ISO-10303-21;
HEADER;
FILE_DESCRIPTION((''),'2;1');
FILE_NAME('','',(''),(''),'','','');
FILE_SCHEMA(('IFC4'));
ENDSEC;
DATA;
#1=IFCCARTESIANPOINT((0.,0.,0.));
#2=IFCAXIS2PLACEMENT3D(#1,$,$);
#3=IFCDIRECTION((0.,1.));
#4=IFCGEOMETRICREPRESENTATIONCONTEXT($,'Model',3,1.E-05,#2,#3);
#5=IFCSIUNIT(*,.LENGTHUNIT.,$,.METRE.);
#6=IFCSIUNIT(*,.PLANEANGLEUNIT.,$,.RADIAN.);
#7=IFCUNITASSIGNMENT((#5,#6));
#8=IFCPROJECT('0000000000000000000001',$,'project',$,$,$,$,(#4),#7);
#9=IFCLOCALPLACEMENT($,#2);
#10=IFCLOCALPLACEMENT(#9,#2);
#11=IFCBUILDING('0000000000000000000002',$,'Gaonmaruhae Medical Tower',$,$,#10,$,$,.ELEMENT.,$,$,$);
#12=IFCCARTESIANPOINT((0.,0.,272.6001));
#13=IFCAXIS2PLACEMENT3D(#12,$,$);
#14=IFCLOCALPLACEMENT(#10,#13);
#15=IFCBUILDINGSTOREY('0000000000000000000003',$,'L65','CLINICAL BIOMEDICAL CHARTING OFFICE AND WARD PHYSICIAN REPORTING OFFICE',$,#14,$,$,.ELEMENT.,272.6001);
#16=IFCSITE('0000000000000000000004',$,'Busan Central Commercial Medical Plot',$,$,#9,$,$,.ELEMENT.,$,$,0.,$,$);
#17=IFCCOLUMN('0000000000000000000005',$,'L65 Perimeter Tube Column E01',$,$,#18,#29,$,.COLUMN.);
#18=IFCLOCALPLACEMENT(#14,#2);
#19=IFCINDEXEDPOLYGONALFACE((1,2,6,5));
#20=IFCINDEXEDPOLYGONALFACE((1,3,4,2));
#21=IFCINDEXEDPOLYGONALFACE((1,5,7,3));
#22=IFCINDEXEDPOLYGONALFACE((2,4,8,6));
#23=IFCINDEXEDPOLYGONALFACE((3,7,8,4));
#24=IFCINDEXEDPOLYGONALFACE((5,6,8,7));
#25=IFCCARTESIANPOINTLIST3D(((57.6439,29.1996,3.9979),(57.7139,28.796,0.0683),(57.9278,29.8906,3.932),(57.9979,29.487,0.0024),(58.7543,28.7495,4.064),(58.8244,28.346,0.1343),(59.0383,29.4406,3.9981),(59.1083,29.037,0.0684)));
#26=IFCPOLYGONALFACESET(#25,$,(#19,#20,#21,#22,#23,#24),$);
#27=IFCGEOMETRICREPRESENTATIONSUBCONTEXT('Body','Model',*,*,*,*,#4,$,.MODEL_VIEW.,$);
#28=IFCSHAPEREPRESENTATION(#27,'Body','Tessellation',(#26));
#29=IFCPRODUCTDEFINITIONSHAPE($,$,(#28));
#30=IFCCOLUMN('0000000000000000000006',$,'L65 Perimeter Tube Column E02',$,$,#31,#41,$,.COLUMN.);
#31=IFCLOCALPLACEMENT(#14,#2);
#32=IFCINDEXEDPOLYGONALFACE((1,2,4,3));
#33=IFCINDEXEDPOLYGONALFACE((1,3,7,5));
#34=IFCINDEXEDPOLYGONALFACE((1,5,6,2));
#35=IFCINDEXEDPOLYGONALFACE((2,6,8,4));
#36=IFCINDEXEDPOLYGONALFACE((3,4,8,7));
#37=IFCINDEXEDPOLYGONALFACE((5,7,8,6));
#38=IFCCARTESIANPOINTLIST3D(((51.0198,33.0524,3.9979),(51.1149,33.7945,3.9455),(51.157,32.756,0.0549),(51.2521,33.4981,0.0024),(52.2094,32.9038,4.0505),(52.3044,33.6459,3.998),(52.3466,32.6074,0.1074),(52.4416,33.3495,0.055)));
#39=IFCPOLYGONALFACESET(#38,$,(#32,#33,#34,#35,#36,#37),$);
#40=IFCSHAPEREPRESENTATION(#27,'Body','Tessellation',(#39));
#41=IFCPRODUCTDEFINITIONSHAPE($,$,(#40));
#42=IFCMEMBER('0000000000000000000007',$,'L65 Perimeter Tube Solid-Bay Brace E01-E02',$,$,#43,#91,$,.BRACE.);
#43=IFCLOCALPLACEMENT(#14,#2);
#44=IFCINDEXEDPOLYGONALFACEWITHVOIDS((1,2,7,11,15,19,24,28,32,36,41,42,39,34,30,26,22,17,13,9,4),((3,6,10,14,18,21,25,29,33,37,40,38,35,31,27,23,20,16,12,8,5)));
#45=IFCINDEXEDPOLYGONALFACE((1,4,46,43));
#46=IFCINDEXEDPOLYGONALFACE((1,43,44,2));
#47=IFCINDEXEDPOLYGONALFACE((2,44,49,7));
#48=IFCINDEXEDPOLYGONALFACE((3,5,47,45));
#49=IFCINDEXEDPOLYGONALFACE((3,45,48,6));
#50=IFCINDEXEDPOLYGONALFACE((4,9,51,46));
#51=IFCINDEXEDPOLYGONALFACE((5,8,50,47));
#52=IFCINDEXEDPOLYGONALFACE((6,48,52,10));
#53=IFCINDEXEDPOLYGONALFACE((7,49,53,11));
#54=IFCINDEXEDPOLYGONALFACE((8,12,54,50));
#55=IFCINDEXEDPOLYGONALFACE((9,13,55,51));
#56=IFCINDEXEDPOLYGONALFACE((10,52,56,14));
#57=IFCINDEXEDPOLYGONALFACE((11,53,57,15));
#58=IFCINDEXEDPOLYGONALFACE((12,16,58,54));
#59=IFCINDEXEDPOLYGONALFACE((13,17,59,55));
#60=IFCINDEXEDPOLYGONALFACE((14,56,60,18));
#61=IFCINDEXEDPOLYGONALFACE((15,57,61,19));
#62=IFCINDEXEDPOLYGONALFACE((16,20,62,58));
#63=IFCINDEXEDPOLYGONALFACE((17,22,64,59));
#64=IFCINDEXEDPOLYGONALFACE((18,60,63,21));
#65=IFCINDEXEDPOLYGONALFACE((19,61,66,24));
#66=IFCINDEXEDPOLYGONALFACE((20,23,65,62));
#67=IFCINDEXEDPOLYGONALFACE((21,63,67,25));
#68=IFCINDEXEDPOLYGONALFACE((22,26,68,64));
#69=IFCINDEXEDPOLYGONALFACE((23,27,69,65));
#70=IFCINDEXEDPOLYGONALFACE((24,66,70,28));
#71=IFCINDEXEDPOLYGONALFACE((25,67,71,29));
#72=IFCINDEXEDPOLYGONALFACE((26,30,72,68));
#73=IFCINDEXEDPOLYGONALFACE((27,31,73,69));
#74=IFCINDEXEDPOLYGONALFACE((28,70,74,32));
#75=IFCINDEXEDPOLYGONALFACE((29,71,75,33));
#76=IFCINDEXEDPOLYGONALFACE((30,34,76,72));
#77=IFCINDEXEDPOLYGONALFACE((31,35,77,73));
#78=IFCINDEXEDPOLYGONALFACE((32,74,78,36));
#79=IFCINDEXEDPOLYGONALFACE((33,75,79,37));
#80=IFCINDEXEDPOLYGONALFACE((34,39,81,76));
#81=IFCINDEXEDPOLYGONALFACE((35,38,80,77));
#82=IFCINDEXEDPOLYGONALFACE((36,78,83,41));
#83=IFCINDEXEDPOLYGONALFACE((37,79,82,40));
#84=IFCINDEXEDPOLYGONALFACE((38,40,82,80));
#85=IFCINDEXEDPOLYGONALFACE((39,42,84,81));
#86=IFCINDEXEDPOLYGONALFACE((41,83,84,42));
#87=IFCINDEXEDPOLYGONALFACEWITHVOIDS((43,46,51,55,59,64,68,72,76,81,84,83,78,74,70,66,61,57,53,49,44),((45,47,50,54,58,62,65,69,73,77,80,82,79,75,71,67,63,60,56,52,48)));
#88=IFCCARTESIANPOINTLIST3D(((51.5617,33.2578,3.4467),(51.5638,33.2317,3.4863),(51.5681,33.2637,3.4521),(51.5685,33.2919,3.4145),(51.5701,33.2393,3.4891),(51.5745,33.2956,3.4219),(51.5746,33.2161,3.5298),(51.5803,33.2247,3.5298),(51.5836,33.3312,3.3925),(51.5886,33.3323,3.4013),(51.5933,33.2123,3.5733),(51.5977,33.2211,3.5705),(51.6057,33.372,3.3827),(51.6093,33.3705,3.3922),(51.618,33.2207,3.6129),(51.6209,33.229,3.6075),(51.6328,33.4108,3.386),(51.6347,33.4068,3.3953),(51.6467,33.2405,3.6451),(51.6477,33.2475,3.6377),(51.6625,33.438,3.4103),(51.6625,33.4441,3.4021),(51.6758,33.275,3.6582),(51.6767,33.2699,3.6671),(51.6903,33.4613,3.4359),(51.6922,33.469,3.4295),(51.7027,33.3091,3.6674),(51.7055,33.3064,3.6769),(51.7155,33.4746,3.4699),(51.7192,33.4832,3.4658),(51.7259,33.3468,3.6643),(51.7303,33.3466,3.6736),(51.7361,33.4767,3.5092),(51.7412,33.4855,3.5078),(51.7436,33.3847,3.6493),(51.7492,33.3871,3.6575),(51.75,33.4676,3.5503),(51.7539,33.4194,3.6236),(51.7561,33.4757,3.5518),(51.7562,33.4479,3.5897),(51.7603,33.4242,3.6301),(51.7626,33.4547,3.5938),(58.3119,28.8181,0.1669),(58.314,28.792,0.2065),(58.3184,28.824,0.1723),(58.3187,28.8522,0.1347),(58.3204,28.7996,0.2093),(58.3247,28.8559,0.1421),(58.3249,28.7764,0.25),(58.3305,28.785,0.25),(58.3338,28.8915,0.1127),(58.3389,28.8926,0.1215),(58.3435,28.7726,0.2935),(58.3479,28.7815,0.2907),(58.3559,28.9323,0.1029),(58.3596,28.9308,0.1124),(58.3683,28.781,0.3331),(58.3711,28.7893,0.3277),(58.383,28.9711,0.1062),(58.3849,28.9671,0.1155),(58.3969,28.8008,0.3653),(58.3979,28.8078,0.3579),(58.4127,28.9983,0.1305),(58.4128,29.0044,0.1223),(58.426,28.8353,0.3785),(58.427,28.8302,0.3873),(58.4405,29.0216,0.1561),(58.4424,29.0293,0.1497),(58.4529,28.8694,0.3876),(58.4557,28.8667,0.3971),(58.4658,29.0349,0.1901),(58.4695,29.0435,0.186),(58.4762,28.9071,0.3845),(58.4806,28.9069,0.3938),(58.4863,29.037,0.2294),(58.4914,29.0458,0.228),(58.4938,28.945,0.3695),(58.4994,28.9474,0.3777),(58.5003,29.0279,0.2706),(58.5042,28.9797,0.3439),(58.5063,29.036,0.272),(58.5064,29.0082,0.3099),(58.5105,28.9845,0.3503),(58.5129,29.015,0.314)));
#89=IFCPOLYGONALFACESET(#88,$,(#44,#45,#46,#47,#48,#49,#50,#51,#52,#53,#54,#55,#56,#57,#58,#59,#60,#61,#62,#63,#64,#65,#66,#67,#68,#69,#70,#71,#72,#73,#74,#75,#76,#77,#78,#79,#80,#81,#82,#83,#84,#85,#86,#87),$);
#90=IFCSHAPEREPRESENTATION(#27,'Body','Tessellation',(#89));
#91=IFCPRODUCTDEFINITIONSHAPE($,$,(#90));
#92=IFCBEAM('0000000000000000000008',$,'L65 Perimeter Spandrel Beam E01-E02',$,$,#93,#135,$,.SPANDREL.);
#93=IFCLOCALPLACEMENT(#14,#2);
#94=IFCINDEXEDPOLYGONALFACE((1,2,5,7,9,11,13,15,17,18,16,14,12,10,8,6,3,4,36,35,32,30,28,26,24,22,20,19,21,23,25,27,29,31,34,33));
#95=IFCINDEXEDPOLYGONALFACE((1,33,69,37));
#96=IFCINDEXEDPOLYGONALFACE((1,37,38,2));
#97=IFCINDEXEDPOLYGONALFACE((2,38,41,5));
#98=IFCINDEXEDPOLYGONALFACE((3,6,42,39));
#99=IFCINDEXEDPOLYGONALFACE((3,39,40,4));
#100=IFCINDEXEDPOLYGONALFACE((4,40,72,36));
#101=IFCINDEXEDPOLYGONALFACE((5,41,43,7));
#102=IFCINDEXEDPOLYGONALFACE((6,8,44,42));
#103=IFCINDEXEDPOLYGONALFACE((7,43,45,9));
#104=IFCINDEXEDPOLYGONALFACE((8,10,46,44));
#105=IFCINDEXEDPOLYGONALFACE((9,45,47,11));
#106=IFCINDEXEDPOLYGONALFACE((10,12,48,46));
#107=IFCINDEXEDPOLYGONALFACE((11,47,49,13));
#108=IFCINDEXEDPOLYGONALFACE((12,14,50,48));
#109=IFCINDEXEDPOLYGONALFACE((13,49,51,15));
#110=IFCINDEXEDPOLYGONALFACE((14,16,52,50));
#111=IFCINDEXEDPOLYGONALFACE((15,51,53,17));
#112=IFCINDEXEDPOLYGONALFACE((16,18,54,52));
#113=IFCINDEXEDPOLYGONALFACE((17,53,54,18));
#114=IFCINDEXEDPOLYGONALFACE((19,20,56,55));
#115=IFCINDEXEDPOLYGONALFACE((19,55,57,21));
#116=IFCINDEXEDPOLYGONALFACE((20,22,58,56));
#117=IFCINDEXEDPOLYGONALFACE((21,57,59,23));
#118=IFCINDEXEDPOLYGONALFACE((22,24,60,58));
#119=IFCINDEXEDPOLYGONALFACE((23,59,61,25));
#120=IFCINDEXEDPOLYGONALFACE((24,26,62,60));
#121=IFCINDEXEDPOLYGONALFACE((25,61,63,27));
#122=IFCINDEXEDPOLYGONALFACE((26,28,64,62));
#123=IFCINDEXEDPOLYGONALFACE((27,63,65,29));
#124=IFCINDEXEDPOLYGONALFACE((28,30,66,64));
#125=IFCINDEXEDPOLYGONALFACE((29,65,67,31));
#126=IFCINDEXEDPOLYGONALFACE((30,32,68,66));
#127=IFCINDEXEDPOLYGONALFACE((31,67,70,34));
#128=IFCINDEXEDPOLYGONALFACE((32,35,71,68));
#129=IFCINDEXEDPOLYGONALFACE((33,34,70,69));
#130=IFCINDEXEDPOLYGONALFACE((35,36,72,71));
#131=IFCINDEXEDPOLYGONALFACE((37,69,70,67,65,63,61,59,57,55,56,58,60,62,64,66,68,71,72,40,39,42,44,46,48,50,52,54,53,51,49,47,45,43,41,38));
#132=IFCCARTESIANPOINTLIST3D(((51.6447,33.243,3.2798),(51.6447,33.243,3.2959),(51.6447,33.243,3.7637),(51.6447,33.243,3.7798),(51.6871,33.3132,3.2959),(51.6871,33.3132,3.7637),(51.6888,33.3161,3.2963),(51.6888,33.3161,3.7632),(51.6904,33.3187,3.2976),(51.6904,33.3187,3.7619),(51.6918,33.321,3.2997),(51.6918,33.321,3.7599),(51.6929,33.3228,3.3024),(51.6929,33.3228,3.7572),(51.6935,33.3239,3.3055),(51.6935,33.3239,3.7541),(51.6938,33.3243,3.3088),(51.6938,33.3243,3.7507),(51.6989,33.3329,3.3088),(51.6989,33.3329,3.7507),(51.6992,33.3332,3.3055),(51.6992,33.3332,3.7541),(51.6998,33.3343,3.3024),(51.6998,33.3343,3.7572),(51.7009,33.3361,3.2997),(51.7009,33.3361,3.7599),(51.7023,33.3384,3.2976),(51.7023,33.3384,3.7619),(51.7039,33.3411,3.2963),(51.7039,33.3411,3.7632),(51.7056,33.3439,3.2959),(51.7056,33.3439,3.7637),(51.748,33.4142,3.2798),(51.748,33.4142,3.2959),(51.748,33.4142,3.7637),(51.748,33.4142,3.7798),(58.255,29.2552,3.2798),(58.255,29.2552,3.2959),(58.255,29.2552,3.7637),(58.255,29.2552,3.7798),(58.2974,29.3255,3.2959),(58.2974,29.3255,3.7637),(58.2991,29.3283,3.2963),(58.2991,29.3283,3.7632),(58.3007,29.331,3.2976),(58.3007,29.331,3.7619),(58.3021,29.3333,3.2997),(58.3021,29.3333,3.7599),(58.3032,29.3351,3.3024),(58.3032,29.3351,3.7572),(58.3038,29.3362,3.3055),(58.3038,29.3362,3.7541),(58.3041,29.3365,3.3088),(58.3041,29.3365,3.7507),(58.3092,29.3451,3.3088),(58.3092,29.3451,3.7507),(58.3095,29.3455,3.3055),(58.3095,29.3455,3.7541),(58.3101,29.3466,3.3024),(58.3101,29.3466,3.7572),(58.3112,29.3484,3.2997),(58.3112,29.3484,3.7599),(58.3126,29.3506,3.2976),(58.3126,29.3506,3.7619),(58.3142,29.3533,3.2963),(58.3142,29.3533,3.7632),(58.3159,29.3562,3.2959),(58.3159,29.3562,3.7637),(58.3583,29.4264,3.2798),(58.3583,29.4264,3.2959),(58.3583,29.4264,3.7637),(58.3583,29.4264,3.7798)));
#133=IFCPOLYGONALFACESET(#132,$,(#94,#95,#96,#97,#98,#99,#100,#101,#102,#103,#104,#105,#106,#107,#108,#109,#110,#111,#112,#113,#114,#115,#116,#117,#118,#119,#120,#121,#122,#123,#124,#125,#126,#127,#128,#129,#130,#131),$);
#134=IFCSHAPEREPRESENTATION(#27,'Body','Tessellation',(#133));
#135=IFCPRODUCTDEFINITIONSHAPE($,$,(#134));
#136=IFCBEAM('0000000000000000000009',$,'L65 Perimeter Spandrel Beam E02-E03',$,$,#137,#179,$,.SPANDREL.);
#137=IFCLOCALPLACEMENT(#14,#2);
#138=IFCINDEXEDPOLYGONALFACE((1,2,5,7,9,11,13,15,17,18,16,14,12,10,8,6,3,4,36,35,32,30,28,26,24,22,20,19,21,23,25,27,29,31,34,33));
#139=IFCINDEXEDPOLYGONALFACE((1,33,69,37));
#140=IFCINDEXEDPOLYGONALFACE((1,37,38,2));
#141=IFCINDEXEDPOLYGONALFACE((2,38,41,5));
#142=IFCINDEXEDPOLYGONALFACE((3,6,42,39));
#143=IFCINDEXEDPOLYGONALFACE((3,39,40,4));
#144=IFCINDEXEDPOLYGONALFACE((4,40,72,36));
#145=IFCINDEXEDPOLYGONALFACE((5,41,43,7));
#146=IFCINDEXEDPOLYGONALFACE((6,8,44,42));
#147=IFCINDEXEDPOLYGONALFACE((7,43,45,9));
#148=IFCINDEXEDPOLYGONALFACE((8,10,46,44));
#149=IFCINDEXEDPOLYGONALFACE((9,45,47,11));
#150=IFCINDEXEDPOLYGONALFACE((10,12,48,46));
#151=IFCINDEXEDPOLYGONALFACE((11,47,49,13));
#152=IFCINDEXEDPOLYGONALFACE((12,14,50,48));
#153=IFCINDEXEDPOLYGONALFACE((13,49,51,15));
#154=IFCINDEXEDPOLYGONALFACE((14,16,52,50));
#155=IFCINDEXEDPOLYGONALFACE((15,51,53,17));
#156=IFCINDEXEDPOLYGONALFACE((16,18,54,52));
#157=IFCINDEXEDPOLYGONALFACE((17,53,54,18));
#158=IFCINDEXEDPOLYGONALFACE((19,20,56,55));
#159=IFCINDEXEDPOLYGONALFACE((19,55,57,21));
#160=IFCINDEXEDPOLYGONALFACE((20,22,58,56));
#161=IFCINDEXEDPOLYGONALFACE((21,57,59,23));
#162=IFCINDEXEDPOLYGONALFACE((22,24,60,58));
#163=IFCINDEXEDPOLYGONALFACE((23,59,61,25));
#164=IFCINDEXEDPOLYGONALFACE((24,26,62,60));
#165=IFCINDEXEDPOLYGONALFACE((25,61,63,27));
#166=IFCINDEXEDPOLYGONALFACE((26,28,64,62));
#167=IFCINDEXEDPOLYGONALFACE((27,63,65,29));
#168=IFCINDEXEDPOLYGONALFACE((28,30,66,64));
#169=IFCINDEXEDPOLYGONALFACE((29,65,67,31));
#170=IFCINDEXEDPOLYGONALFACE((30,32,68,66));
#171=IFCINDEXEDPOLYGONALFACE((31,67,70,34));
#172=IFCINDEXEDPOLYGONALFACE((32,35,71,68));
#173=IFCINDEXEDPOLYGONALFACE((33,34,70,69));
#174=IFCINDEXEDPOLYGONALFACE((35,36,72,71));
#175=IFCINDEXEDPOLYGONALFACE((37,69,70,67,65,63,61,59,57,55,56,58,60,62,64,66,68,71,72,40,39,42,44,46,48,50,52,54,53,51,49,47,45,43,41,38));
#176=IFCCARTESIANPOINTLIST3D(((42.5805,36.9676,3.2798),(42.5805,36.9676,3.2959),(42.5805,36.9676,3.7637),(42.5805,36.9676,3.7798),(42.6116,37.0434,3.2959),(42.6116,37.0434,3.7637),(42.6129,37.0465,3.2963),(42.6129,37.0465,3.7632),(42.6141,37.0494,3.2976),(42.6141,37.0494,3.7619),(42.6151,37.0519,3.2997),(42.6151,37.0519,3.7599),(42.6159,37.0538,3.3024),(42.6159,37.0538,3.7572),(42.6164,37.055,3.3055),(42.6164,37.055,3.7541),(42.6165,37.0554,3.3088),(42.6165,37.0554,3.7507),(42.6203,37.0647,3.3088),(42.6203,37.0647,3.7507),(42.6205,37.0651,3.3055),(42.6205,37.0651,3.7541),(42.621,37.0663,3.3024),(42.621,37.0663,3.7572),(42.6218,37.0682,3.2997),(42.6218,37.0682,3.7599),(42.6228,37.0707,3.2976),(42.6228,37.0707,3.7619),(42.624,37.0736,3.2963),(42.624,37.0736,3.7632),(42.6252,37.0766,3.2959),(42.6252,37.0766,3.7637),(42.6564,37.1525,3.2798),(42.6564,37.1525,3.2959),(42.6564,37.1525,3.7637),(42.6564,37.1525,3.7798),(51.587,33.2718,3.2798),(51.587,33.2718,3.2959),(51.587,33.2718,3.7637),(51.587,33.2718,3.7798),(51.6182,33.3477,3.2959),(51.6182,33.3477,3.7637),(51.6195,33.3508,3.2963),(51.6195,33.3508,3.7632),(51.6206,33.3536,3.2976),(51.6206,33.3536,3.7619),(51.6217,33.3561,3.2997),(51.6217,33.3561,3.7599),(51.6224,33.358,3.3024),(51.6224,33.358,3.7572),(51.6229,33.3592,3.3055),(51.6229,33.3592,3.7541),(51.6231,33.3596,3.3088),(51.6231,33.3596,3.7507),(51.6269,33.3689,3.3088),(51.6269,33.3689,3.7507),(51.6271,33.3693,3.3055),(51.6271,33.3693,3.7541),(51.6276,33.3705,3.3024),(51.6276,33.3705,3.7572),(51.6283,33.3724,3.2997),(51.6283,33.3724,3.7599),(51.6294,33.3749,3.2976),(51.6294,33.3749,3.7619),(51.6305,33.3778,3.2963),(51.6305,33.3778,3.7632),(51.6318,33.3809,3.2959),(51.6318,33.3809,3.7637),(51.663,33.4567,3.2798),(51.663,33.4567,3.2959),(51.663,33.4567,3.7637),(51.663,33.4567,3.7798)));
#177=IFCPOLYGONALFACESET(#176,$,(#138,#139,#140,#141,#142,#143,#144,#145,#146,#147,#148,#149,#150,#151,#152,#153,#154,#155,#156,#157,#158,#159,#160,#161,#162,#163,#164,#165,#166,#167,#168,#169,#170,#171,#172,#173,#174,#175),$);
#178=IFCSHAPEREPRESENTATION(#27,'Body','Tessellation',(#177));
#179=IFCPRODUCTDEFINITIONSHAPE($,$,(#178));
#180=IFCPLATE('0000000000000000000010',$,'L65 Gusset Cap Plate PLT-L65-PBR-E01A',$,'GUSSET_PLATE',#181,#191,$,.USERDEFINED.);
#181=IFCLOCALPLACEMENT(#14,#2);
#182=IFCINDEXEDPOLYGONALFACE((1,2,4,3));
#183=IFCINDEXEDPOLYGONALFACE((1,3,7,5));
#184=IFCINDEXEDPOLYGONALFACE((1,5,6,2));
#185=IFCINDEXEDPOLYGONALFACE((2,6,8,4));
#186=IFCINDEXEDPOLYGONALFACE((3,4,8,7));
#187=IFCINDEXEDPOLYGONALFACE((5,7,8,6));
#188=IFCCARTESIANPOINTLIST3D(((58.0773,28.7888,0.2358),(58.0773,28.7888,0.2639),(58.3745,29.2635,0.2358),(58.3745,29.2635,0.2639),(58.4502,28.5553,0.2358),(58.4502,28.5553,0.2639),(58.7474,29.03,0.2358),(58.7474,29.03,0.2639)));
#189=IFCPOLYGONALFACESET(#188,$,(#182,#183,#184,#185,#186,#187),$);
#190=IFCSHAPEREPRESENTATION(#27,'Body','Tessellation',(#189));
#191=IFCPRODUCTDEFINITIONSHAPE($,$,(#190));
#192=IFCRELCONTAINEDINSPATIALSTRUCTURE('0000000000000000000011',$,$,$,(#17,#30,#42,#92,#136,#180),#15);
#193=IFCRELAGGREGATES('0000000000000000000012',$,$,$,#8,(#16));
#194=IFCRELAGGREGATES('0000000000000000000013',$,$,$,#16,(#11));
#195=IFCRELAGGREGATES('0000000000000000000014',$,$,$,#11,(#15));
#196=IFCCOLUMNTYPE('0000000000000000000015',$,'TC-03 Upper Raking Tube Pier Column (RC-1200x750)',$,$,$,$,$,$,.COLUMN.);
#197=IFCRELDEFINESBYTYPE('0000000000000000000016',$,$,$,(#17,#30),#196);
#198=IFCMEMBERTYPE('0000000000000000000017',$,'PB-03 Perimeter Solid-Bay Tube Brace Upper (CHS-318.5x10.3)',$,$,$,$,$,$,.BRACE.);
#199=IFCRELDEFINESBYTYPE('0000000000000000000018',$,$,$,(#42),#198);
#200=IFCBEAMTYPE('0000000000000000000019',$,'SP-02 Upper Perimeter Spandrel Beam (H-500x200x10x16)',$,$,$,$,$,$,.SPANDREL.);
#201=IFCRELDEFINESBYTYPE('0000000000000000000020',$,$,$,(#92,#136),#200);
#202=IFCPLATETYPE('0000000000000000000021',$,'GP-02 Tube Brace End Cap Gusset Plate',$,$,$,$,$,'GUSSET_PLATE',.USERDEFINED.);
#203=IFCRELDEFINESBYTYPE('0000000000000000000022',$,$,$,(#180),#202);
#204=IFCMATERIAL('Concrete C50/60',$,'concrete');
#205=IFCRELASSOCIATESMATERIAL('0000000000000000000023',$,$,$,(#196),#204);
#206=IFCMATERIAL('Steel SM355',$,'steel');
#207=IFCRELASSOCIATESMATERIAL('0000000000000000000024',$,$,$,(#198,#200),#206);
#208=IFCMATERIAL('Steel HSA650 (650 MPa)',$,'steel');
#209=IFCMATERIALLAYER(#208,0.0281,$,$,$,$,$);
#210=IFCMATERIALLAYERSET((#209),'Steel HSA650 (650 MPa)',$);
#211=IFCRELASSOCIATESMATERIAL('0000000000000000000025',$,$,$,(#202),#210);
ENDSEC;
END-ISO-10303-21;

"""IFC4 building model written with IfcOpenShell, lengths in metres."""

from ifc_helpers import new_model, si_unit, direction, frame, origin, origin_2d, place, context, subcontext, project, spatial, rectangle, hollow_circle, i_section, extrude, material, layer, layer_set, material_profile, profile_set, type_object, element, save


model = new_model("IFC4")

# Units and contexts
model_context = context("Model", 3, precision=1e-05, world=origin(), true_north=direction((0.0, 1.0)))
body_context = subcontext(model_context, "Body", "Model", "MODEL_VIEW")
ifc_project = project(units=[si_unit("LENGTHUNIT", "METRE"), si_unit("PLANEANGLEUNIT", "RADIAN")], contexts=[model_context])

# Site, building, storey
site_placement = place(None, origin())
site = spatial("IfcSite", under=ifc_project, at=site_placement, Name="Busan Central Commercial Medical Plot", CompositionType="ELEMENT", RefElevation=0.0)
building_placement = place(site_placement, origin())
building = spatial("IfcBuilding", under=site, at=building_placement, Name="Gaonmaruhae Medical Tower", CompositionType="ELEMENT")
storey_placement = place(building_placement, frame((0.0, 0.0, 272.6001)))
storey = spatial("IfcBuildingStorey", under=building, at=storey_placement, Name="L65", Description="CLINICAL BIOMEDICAL CHARTING OFFICE AND WARD PHYSICIAN REPORTING OFFICE", CompositionType="ELEMENT", Elevation=272.6001)

# Columns
ifc_material_1 = material(Name="Concrete C50/60", Category="concrete")
ifc_material_profile_1 = material_profile(ifc_material_1, rectangle(XDim=1.2, YDim=0.75, at=origin_2d()), Name="RC-1200x750")
ifc_profile_set_1 = profile_set([ifc_material_profile_1], Name="Concrete C50/60")
column_type = type_object("IfcColumnType", Name="TC-03 Upper Raking Tube Pier Column (RC-1200x750)", PredefinedType="COLUMN", material=ifc_profile_set_1)
column_1_placement = place(storey_placement, frame((58.4111, 28.9165, 0.0684), z_axis=(-0.017734, 0.102143, 0.994612), x_axis=(0.92538, -0.375028, 0.055014)))
element("IfcColumn", 1, at=column_1_placement, inside=storey, type_object=column_type, Name="L65 Perimeter Tube Column E01", PredefinedType="COLUMN", context=body_context, shape_type="SweptSolid", body=[
    extrude(rectangle(XDim=1.2, YDim=0.75, at=origin_2d()), origin(), (0.0, 0.0, 1.0), 3.9509),
])
column_2_placement = place(storey_placement, frame((51.7993, 33.0527, 0.0549), z_axis=(-0.034678, 0.074909, 0.996587), x_axis=(0.991334, -0.123846, 0.043804)))
element("IfcColumn", 2, at=column_2_placement, inside=storey, type_object=column_type, Name="L65 Perimeter Tube Column E02", PredefinedType="COLUMN", context=body_context, shape_type="SweptSolid", body=[
    extrude(rectangle(XDim=1.2, YDim=0.75, at=origin_2d()), origin(), (0.0, 0.0, 1.0), 3.9565),
])

# Member
ifc_material_2 = material(Name="Steel SM355", Category="steel")
ifc_material_profile_2 = material_profile(ifc_material_2, hollow_circle(Radius=0.1592, WallThickness=0.0103, at=origin_2d()), Name="CHS-318.5x10.3")
ifc_profile_set_2 = profile_set([ifc_material_profile_2], Name="Steel SM355")
member_type = type_object("IfcMemberType", Name="PB-03 Perimeter Solid-Bay Tube Brace Upper (CHS-318.5x10.3)", PredefinedType="BRACE", material=ifc_profile_set_2)
member_placement = place(storey_placement, frame((58.4124, 28.9094, 0.25), z_axis=(-0.774134, 0.509155, 0.376134), x_axis=(-0.549508, -0.835488, 0.0)))
element("IfcMember", 3, at=member_placement, inside=storey, type_object=member_type, Name="L65 Perimeter Tube Solid-Bay Brace E01-E02", PredefinedType="BRACE", context=body_context, shape_type="SweptSolid", body=[
    extrude(hollow_circle(Radius=0.1592, WallThickness=0.0103, at=origin_2d()), origin(), (0.0, 0.0, 1.0), 8.7197),
])

# Beams
ifc_material_profile_3 = material_profile(ifc_material_2, i_section(OverallWidth=0.2, OverallDepth=0.5, WebThickness=0.01, FlangeThickness=0.0161, FilletRadius=0.0129, at=origin_2d()), Name="H-500x200x10x16")
ifc_profile_set_3 = profile_set([ifc_material_profile_3], Name="Steel SM355")
beam_type = type_object("IfcBeamType", Name="SP-02 Upper Perimeter Spandrel Beam (H-500x200x10x16)", PredefinedType="SPANDREL", material=ifc_profile_set_3)
beam_1_placement = place(storey_placement, frame((58.3066, 29.3408, 3.5298), z_axis=(-0.856257, 0.51655, 0.0), x_axis=(-0.51655, -0.856257, 0.0)))
element("IfcBeam", 4, at=beam_1_placement, inside=storey, type_object=beam_type, Name="L65 Perimeter Spandrel Beam E01-E02", PredefinedType="SPANDREL", context=body_context, shape_type="SweptSolid", body=[
    extrude(i_section(OverallWidth=0.2, OverallDepth=0.5, WebThickness=0.01, FlangeThickness=0.0161, FilletRadius=0.0129, at=origin_2d()), origin(), (0.0, 0.0, 1.0), 7.72),
])
beam_2_placement = place(storey_placement, frame((51.625, 33.3643, 3.5298), z_axis=(-0.92514, 0.379626, 0.0), x_axis=(-0.379626, -0.92514, 0.0)))
element("IfcBeam", 5, at=beam_2_placement, inside=storey, type_object=beam_type, Name="L65 Perimeter Spandrel Beam E02-E03", PredefinedType="SPANDREL", context=body_context, shape_type="SweptSolid", body=[
    extrude(i_section(OverallWidth=0.2, OverallDepth=0.5, WebThickness=0.01, FlangeThickness=0.0161, FilletRadius=0.0129, at=origin_2d()), origin(), (0.0, 0.0, 1.0), 9.7354),
])

# Plate
ifc_material_3 = material(Name="Steel HSA650 (650 MPa)", Category="steel")
ifc_layer_1 = layer(ifc_material_3, 0.0281)
ifc_layer_set_1 = layer_set([ifc_layer_1], Name="Steel HSA650 (650 MPa)")
plate_type_1 = type_object("IfcPlateType", Name="GP-02 Tube Brace End Cap Gusset Plate", ElementType="GUSSET_PLATE", PredefinedType="USERDEFINED", material=ifc_layer_set_1)
for number, where, z_axis, x_axis, name in (
    (6, (58.4124, 28.9094, 0.2358), (0.0, 0.0, 1.0), (0.530659, 0.847585, 0.0), "L65 Gusset Cap Plate PLT-L65-PBR-E01A"),
):
    element("IfcPlate", number, at=place(storey_placement, frame(where, z_axis=z_axis, x_axis=x_axis)), inside=storey, type_object=plate_type_1, Name=name, ObjectType="GUSSET_PLATE", PredefinedType="USERDEFINED", context=body_context, shape_type="SweptSolid", body=[
        extrude(rectangle(XDim=0.5601, YDim=0.4399, at=origin_2d()), origin(), (0.0, 0.0, 1.0), 0.0281),
    ])

save(model, "model.ifc")
